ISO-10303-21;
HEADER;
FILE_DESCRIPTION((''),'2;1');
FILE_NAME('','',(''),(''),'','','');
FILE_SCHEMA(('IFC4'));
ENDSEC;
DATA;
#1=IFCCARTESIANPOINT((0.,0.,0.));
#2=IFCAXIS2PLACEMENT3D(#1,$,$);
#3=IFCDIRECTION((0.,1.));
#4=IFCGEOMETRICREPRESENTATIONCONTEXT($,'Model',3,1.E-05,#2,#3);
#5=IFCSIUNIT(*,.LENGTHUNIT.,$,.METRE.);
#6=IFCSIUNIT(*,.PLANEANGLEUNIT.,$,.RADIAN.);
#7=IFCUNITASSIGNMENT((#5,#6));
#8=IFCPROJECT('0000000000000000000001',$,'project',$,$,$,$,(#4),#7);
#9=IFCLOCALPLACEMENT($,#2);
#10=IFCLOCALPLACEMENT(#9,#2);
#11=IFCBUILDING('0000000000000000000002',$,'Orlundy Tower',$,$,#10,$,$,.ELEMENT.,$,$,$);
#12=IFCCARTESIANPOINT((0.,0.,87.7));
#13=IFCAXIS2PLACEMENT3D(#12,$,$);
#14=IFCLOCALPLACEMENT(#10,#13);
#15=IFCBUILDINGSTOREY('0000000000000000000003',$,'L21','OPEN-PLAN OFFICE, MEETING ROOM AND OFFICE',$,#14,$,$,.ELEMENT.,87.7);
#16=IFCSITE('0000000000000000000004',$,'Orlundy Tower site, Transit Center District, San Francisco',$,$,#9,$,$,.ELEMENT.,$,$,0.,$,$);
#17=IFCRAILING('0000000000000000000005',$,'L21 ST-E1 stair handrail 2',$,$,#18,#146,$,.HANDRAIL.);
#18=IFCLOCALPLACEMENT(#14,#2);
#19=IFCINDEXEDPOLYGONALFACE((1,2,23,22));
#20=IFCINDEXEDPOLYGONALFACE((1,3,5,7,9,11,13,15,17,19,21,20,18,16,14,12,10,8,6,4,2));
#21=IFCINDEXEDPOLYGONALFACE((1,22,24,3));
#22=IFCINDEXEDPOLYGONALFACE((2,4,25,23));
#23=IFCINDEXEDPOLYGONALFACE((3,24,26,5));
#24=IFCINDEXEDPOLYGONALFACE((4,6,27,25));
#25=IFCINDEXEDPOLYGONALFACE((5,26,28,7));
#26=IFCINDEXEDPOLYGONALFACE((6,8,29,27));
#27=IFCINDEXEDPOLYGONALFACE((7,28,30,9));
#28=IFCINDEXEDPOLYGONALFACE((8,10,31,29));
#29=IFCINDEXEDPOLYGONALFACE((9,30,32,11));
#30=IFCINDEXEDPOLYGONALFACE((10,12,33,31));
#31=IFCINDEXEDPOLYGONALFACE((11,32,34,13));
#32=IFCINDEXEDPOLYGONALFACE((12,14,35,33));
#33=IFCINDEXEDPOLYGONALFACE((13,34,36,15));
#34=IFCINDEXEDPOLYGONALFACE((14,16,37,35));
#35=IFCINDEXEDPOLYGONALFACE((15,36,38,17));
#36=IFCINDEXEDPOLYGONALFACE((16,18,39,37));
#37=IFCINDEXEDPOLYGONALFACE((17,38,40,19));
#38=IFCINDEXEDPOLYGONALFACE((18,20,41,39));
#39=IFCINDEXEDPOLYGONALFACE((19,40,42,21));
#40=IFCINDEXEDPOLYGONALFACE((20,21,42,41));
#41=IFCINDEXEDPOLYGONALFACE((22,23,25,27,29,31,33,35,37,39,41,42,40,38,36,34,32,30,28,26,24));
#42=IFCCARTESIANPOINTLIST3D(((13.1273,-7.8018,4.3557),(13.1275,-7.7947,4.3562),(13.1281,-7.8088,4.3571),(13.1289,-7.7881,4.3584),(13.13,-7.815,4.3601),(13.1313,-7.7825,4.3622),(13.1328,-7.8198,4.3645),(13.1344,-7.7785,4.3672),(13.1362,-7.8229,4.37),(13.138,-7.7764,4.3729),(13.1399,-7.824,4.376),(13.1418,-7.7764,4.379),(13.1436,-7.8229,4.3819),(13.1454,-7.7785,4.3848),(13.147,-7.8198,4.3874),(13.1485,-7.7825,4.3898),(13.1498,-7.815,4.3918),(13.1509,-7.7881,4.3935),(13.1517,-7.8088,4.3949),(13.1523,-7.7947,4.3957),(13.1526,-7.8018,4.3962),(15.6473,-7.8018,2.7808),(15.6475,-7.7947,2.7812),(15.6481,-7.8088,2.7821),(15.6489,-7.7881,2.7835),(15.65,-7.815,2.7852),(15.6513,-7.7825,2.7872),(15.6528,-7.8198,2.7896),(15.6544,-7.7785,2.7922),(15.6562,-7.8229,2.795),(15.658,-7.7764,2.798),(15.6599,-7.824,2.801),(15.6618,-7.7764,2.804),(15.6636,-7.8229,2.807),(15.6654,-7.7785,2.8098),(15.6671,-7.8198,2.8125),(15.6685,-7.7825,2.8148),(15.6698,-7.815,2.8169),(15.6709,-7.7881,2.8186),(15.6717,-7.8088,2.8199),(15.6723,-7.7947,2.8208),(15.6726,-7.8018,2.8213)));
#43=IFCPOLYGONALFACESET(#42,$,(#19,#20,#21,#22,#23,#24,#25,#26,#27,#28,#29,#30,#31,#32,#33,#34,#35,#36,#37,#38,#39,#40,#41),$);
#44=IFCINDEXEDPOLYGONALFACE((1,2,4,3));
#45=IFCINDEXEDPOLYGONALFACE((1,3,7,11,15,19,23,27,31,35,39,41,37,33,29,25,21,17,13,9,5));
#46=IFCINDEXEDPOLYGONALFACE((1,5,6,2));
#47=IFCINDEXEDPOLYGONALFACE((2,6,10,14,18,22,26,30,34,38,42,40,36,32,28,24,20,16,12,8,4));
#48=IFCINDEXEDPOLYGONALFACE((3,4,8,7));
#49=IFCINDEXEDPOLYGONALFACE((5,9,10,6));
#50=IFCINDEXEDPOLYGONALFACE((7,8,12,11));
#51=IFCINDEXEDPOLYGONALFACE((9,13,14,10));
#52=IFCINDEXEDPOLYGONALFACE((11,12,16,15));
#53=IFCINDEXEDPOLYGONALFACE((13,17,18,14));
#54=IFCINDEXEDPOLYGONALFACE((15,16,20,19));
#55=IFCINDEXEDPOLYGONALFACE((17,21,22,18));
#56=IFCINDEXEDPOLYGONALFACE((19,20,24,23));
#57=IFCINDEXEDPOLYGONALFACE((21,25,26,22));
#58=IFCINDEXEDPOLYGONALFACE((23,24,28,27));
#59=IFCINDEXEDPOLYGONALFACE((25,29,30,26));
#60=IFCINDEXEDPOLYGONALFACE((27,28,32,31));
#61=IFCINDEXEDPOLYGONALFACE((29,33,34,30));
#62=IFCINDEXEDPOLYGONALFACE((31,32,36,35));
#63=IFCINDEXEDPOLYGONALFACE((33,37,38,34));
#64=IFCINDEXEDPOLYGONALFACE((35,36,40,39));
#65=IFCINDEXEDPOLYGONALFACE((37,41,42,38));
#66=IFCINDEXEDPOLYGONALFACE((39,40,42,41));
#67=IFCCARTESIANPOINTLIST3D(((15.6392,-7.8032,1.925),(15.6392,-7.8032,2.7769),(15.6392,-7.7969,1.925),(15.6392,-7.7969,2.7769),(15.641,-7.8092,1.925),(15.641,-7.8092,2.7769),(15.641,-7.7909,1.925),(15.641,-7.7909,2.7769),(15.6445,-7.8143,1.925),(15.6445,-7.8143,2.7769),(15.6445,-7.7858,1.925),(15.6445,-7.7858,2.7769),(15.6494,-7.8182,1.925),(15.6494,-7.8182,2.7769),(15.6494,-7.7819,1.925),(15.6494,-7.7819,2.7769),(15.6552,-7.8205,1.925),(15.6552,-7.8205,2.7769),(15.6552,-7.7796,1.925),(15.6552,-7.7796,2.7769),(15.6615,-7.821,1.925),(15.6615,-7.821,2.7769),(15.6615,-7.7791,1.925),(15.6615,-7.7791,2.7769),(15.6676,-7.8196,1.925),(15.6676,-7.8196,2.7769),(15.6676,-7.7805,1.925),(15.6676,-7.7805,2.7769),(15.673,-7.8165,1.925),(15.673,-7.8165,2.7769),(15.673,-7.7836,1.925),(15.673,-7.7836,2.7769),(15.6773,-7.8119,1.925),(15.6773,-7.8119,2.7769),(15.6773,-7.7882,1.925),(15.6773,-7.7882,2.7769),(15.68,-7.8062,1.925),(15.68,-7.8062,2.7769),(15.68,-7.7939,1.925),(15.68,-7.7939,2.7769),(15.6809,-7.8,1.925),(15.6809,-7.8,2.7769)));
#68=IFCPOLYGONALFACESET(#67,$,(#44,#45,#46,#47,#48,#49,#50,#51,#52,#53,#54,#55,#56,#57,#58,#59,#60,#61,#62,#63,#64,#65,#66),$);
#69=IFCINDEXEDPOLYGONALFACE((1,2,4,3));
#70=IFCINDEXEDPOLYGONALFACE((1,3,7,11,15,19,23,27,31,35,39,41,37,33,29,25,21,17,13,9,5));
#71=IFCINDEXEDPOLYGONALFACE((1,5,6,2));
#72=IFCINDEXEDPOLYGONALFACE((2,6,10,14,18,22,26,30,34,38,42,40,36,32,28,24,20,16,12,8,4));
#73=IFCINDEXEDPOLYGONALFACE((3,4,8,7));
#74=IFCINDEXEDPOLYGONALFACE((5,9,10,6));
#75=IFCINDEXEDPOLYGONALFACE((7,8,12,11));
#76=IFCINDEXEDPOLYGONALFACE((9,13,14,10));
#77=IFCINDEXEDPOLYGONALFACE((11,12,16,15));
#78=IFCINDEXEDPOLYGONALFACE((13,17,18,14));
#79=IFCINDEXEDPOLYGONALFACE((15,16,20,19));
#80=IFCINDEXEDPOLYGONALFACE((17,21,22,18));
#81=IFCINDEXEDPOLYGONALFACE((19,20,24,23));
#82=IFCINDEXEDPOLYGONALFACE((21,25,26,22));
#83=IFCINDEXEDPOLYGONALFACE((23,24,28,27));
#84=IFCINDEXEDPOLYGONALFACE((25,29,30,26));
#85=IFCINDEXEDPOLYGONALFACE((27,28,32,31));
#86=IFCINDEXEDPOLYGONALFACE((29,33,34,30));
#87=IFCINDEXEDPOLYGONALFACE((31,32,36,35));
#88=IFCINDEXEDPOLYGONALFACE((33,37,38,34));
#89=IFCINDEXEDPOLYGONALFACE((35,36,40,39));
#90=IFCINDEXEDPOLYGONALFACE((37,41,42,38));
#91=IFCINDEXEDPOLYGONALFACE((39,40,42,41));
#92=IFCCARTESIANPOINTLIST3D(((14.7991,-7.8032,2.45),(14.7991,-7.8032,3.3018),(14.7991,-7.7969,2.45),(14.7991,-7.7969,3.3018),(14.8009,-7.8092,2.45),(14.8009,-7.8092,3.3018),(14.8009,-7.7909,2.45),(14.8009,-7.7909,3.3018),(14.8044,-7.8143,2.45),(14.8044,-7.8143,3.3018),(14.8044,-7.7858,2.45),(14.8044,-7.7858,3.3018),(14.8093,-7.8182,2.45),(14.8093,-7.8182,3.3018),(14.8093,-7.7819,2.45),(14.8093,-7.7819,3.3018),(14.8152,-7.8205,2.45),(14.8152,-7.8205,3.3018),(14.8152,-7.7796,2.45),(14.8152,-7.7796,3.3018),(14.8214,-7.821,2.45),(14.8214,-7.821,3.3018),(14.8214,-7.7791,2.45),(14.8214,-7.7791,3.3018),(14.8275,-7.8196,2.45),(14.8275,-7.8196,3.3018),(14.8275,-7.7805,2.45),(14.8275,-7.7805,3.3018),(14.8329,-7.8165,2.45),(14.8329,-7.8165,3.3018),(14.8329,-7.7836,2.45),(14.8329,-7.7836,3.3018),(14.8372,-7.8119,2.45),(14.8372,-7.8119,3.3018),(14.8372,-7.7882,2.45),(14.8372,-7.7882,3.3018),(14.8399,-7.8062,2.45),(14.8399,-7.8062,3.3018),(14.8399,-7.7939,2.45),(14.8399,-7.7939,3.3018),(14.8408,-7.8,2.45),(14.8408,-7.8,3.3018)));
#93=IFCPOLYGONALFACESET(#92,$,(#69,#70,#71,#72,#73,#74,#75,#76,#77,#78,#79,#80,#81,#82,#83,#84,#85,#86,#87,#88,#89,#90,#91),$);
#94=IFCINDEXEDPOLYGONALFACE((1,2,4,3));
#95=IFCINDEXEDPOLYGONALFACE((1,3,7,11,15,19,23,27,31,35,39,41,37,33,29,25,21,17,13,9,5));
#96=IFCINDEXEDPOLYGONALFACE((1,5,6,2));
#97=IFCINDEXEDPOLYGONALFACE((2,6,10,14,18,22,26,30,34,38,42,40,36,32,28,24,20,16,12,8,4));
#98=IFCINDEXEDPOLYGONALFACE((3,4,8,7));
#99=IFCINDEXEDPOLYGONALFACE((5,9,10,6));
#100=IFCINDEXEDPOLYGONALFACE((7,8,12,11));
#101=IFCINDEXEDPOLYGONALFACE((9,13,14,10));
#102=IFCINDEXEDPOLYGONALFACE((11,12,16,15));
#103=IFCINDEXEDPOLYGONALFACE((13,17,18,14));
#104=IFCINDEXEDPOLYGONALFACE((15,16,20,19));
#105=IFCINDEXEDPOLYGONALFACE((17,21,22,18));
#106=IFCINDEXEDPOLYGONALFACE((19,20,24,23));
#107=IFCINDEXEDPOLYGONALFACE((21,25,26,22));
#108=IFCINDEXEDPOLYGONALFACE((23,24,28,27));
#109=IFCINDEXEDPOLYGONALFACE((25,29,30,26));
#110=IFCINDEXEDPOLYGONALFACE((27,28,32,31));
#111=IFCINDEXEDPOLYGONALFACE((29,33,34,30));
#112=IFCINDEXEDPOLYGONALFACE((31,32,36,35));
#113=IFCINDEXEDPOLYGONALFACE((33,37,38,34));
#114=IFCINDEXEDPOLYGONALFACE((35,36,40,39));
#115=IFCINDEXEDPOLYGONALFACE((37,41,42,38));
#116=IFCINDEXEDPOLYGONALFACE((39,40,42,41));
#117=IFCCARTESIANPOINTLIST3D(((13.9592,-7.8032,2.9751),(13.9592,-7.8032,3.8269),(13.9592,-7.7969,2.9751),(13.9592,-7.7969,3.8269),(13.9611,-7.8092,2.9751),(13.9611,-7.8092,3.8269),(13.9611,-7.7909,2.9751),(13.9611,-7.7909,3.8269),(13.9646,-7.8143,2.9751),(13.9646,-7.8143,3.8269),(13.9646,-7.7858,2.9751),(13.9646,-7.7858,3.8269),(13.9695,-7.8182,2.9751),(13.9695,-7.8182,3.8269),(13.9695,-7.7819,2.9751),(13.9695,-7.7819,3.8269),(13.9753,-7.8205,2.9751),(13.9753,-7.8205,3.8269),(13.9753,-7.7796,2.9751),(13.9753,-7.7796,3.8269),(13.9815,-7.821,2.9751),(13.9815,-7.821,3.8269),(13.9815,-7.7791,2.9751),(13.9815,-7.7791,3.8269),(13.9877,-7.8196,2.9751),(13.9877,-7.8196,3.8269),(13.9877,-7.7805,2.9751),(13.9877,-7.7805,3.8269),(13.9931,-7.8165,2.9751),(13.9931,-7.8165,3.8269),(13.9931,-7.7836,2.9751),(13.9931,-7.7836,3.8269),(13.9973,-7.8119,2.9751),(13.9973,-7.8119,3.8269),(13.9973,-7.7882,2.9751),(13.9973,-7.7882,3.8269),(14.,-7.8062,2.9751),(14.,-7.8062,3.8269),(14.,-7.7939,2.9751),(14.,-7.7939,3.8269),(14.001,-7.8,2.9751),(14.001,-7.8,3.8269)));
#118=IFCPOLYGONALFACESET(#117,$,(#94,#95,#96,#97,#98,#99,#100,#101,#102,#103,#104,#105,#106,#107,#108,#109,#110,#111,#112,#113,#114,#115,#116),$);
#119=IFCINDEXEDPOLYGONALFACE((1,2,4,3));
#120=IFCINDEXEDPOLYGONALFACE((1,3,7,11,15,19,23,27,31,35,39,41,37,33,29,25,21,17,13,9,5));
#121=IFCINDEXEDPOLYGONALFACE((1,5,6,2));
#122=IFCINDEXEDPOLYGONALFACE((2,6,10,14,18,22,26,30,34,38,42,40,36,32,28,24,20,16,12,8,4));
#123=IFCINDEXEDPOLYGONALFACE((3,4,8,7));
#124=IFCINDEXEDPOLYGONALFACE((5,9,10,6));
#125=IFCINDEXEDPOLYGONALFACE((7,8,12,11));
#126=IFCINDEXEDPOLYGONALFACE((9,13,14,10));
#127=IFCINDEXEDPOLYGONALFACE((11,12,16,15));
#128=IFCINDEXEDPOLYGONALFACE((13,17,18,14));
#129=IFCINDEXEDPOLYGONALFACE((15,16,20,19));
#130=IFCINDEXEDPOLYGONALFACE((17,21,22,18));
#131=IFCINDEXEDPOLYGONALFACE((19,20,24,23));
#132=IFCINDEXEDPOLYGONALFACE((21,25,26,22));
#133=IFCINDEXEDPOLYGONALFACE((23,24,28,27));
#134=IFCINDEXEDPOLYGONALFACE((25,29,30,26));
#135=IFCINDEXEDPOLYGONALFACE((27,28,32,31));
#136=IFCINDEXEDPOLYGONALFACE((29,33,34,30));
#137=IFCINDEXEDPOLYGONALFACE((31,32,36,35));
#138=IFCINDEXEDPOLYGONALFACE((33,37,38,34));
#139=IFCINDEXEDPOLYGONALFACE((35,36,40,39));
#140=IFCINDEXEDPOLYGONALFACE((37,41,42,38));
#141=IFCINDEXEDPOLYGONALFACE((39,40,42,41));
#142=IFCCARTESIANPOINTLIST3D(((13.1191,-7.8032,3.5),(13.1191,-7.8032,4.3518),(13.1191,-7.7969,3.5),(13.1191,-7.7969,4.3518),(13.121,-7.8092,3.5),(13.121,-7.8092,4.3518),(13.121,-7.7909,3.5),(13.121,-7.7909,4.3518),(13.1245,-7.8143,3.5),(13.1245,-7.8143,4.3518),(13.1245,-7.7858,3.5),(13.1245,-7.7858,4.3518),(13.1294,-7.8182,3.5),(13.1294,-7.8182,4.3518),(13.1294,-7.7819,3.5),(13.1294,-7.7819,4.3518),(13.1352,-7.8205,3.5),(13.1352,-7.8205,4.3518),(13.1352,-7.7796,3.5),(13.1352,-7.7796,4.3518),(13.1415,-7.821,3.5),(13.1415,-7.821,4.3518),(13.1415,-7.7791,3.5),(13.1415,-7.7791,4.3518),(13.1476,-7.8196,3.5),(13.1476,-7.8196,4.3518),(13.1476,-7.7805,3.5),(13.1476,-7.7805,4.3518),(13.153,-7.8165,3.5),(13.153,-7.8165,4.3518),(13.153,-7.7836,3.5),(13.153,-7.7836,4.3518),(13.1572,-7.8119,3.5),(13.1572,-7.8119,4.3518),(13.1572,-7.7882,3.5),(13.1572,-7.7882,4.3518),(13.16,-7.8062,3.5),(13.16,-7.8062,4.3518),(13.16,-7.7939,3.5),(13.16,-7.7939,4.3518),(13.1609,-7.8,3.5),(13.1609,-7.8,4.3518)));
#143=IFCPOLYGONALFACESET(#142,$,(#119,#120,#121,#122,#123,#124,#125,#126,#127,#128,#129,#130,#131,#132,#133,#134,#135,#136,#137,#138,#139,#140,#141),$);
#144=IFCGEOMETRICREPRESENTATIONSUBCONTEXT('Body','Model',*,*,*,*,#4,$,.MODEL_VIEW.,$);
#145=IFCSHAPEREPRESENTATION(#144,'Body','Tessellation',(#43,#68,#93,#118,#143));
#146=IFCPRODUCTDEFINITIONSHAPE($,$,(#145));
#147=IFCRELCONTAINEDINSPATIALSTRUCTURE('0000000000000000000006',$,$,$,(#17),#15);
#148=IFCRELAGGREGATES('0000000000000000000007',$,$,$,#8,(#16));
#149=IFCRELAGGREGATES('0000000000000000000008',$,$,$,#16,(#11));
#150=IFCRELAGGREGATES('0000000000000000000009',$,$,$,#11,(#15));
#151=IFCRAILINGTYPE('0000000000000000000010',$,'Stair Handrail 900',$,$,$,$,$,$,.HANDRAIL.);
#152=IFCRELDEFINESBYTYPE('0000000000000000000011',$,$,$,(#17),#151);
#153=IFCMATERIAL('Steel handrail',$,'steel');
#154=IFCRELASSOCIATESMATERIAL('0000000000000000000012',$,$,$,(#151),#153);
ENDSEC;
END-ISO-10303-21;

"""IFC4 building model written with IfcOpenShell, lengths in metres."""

from ifc_helpers import new_model, si_unit, direction, frame, origin, origin_2d, place, context, subcontext, project, spatial, circle, extrude, material, type_object, element, save


model = new_model("IFC4")

# Units and contexts
model_context = context("Model", 3, precision=1e-05, world=origin(), true_north=direction((0.0, 1.0)))
body_context = subcontext(model_context, "Body", "Model", "MODEL_VIEW")
ifc_project = project(units=[si_unit("LENGTHUNIT", "METRE"), si_unit("PLANEANGLEUNIT", "RADIAN")], contexts=[model_context])

# Site, building, storey
site_placement = place(None, origin())
site = spatial("IfcSite", under=ifc_project, at=site_placement, Name="Orlundy Tower site, Transit Center District, San Francisco", CompositionType="ELEMENT", RefElevation=0.0)
building_placement = place(site_placement, origin())
building = spatial("IfcBuilding", under=site, at=building_placement, Name="Orlundy Tower", CompositionType="ELEMENT")
storey_placement = place(building_placement, frame((0.0, 0.0, 87.7)))
storey = spatial("IfcBuildingStorey", under=building, at=storey_placement, Name="L21", Description="OPEN-PLAN OFFICE, MEETING ROOM AND OFFICE", CompositionType="ELEMENT", Elevation=87.7)

# Railing
ifc_material_1 = material(Name="Steel handrail", Category="steel")
railing_type = type_object("IfcRailingType", Name="Stair Handrail 900", PredefinedType="HANDRAIL", material=ifc_material_1)
railing_placement = place(storey_placement, frame((15.6599, -7.8, 1.925)))
element("IfcRailing", 1, at=railing_placement, inside=storey, type_object=railing_type, Name="L21 ST-E1 stair handrail 2", PredefinedType="HANDRAIL", context=body_context, shape_type="SweptSolid", body=[
    extrude(circle(Radius=0.0239, at=origin_2d()), frame((0.0, 0.0, 0.876), z_axis=(-0.848008, 0.0, 0.529984), x_axis=(0.0, -1.0, 0.0)), (0.0, 0.0, 1.0), 2.9717),
    extrude(circle(Radius=0.021, at=origin_2d()), origin(), (0.0, 0.0, 1.0), 0.8518),
    extrude(circle(Radius=0.021, at=origin_2d()), frame((-0.8401, 0.0, 0.5249)), (0.0, 0.0, 1.0), 0.8518),
    extrude(circle(Radius=0.021, at=origin_2d()), frame((-1.6799, 0.0, 1.05)), (0.0, 0.0, 1.0), 0.8518),
    extrude(circle(Radius=0.021, at=origin_2d()), frame((-2.52, 0.0, 1.575)), (0.0, 0.0, 1.0), 0.8518),
])

save(model, "model.ifc")
